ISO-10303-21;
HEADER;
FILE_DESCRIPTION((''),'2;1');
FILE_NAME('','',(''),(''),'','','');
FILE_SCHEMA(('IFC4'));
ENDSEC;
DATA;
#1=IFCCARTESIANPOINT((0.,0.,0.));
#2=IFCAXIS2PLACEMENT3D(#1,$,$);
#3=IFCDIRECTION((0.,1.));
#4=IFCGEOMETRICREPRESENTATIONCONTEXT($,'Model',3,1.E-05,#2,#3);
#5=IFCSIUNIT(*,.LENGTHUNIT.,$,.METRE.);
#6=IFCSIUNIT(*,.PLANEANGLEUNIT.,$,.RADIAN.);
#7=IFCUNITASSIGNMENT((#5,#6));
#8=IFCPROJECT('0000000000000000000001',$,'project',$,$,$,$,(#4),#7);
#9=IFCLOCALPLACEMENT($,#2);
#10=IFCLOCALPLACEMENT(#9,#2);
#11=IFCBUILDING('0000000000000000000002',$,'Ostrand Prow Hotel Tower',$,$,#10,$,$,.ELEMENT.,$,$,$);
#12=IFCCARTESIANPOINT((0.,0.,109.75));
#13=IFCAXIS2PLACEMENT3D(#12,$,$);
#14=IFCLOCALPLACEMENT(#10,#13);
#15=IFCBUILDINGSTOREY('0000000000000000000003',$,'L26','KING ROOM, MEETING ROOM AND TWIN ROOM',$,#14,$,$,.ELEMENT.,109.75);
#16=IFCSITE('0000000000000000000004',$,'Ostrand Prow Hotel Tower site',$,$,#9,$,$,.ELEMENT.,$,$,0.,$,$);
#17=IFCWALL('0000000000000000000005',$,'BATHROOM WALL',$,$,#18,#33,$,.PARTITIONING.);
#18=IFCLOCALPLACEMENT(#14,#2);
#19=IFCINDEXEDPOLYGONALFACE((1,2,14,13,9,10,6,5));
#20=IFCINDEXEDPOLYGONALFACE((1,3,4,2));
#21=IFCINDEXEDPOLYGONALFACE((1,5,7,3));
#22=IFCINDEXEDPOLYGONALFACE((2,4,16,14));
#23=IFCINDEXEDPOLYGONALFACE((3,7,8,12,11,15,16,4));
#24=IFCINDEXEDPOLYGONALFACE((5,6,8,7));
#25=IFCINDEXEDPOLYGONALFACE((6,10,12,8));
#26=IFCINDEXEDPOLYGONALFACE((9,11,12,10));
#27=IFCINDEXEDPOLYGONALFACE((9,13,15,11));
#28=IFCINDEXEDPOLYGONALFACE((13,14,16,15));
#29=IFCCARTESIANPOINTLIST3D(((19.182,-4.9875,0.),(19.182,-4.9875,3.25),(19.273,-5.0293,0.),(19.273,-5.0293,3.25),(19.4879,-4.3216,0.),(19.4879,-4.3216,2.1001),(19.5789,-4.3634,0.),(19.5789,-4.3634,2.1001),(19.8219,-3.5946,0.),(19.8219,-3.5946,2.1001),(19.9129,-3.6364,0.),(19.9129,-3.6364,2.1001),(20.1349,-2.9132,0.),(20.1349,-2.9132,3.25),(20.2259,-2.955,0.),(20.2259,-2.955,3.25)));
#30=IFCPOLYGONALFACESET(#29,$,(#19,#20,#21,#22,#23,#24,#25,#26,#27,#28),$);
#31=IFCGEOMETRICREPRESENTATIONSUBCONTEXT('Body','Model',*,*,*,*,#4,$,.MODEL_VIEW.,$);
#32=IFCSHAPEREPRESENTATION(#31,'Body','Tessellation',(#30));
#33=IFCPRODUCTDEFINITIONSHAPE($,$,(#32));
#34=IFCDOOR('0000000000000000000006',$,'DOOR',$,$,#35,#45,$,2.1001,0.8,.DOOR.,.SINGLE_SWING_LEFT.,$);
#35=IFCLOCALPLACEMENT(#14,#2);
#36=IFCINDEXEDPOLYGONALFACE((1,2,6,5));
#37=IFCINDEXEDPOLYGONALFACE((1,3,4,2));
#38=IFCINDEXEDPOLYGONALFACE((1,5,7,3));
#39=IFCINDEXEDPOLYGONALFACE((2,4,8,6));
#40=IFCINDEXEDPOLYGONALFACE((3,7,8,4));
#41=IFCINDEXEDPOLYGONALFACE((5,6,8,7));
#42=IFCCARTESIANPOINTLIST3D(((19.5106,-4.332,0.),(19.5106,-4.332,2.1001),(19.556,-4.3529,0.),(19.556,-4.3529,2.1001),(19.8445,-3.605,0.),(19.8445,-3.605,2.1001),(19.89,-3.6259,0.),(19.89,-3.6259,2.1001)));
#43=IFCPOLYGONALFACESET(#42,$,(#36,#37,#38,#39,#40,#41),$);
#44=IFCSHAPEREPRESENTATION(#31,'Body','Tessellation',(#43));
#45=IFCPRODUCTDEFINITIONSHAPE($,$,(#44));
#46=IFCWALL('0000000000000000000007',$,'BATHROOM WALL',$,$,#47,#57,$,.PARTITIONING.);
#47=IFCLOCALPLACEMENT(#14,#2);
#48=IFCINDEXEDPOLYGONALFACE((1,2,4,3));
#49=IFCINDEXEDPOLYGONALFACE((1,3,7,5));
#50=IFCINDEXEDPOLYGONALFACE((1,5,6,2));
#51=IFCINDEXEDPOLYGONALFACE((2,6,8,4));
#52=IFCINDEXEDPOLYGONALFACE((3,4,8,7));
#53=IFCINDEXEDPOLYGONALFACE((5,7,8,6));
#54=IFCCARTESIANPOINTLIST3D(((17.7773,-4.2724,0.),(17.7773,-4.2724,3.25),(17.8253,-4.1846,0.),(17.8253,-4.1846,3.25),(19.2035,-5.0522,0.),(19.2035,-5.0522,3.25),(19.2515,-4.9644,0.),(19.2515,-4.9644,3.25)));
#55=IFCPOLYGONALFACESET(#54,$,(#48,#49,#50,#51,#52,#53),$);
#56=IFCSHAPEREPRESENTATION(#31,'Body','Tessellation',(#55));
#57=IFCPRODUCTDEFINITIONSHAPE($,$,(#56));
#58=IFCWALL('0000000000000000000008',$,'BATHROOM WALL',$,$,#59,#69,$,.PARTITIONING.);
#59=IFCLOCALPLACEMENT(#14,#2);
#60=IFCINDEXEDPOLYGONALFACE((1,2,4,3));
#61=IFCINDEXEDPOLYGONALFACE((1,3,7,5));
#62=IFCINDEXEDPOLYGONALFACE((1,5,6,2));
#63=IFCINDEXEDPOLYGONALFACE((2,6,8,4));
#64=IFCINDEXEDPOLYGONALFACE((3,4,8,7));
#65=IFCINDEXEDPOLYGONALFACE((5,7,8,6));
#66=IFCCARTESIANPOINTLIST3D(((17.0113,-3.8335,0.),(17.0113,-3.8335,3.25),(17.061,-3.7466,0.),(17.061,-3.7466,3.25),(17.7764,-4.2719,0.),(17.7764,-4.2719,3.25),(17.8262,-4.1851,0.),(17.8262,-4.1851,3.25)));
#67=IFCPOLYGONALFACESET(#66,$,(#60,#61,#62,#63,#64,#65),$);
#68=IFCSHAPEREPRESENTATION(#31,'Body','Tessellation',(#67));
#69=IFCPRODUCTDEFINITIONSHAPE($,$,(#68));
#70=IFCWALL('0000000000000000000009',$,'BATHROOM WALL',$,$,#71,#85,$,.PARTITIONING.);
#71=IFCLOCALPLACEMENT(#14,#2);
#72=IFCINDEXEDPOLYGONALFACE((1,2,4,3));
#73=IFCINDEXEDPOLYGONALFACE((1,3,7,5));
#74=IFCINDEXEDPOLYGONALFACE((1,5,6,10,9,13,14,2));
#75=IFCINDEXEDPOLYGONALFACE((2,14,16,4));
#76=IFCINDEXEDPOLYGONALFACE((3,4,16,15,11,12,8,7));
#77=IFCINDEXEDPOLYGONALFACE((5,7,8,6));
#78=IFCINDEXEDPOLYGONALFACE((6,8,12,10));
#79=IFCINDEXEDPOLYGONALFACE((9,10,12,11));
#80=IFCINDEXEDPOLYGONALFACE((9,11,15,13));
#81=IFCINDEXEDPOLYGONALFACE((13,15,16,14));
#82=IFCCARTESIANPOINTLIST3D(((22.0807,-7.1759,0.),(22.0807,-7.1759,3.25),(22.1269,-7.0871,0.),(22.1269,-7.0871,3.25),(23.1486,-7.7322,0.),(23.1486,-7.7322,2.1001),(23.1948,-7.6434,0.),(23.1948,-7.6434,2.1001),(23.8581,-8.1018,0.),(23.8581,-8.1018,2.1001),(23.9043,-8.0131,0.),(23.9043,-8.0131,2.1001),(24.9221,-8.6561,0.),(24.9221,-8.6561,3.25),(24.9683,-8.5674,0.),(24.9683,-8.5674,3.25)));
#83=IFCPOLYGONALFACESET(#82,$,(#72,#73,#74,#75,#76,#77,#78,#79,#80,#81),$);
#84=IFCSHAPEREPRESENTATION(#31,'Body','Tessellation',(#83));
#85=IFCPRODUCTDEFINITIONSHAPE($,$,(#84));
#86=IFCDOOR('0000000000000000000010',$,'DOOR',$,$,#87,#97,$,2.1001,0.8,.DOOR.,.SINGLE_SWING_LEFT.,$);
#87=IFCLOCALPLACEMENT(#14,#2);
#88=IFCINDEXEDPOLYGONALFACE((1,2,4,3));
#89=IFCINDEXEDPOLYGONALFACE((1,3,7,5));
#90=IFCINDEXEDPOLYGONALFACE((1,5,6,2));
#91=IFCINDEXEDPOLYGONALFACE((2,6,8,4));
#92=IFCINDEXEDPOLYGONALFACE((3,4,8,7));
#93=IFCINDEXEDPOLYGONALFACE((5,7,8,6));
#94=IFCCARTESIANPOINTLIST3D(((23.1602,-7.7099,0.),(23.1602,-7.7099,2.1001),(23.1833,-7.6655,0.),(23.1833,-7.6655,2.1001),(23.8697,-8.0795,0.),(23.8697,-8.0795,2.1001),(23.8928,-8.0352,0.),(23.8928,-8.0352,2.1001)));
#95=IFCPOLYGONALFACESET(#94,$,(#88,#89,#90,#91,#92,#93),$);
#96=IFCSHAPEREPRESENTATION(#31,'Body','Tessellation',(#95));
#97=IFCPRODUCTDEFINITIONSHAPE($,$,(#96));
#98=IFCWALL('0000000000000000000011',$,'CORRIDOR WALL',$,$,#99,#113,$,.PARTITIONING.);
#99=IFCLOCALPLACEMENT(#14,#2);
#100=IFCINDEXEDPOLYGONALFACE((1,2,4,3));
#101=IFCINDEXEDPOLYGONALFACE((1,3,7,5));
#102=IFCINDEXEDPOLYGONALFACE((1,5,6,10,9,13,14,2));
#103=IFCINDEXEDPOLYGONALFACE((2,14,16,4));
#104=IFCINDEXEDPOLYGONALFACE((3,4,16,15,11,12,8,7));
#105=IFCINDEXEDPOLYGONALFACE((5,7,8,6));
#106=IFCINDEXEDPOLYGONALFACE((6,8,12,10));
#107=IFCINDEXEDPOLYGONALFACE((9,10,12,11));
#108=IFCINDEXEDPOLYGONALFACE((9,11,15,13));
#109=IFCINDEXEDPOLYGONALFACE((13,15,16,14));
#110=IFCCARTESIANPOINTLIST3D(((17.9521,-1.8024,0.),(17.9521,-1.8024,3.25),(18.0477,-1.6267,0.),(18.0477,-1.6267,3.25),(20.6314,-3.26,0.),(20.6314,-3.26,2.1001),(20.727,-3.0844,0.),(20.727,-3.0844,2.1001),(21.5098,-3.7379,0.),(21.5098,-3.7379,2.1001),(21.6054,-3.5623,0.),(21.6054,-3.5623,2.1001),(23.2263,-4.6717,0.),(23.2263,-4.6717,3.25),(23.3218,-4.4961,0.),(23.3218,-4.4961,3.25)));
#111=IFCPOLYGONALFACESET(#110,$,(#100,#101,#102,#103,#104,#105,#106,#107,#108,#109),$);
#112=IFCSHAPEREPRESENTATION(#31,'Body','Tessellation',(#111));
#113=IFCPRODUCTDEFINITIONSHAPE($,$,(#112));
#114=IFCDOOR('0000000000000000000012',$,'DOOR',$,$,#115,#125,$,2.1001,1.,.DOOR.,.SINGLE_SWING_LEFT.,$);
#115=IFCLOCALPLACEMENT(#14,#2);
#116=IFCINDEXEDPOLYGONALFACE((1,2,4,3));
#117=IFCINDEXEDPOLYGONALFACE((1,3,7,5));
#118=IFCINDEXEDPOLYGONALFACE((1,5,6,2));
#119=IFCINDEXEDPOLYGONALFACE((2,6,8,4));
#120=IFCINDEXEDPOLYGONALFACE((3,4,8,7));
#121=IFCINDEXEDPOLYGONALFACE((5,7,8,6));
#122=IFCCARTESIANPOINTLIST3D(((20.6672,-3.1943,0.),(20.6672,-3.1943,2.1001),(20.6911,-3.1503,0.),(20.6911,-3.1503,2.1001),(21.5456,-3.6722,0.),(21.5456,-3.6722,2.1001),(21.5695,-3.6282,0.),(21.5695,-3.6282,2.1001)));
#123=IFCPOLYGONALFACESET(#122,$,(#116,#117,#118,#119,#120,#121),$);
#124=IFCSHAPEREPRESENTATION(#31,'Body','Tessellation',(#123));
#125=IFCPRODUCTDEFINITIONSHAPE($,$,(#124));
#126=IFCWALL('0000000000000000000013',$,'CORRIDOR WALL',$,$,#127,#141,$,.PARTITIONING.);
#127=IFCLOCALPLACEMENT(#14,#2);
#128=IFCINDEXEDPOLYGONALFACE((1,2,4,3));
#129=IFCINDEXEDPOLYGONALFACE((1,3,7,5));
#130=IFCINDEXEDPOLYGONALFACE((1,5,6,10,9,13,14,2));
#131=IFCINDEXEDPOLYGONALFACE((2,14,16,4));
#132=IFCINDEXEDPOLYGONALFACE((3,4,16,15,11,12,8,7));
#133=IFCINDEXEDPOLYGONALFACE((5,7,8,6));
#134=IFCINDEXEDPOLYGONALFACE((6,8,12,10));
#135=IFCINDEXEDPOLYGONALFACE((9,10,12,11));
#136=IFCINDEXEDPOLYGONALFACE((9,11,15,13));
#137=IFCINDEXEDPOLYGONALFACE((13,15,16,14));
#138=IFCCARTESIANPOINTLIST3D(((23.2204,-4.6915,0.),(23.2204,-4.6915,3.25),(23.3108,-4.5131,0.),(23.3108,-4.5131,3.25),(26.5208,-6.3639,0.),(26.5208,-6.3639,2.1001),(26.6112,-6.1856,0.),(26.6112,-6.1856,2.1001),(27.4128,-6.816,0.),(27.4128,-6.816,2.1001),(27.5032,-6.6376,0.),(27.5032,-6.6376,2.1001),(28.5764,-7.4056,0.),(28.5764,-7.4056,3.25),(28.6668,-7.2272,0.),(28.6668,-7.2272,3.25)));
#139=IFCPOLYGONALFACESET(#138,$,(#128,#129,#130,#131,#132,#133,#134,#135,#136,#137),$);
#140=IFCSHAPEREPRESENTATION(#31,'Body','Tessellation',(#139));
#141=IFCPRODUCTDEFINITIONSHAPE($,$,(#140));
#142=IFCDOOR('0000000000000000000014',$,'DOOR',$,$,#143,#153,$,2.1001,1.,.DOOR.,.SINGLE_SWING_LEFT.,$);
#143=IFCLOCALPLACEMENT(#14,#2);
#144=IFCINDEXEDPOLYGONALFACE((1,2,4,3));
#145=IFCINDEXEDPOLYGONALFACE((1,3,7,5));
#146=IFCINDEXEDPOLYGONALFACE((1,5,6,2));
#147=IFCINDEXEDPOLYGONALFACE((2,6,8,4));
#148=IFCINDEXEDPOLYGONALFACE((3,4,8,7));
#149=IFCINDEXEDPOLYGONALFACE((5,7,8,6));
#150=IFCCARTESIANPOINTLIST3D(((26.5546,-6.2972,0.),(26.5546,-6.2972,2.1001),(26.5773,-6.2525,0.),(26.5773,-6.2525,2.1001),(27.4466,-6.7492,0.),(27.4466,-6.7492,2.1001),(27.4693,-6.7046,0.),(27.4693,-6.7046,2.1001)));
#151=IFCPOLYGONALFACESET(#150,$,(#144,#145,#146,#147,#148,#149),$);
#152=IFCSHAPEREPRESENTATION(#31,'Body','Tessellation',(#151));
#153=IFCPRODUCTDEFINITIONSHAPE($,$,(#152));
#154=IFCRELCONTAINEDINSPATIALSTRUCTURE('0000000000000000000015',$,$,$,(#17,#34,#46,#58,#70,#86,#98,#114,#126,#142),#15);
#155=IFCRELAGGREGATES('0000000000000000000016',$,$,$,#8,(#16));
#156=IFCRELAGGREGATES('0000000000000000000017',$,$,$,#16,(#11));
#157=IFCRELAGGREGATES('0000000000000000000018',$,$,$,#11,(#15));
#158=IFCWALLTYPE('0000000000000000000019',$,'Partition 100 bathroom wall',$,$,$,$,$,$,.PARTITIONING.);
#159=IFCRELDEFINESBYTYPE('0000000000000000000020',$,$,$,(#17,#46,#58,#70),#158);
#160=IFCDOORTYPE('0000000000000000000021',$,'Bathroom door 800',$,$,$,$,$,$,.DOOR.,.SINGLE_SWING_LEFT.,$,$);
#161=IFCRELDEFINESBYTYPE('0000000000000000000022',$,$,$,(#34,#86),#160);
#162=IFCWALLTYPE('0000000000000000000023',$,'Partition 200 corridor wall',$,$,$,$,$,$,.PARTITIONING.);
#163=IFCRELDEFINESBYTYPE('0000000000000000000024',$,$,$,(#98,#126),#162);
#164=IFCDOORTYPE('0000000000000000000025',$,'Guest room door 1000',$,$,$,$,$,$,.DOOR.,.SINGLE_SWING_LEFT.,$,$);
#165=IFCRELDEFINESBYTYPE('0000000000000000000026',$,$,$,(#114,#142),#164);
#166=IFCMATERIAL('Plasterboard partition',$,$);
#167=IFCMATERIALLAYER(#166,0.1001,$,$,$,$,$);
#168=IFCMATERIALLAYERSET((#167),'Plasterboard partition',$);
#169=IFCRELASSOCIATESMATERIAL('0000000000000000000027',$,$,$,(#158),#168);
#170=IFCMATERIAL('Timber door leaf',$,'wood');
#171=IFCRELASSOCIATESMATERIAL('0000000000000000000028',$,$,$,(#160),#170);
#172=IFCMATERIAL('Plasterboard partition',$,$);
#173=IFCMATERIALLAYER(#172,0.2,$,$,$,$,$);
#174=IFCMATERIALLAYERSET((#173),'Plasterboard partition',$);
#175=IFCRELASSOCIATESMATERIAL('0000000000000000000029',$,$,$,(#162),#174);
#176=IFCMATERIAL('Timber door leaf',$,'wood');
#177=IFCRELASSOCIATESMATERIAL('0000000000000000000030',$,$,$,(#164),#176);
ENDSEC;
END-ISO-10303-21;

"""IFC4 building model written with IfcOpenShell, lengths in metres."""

from ifc_helpers import new_model, si_unit, direction, frame, frame_2d, origin, place, context, subcontext, project, spatial, rectangle, extrude, material, layer, layer_set, type_object, element, fill, save


model = new_model("IFC4")

# Units and contexts
model_context = context("Model", 3, precision=1e-05, world=origin(), true_north=direction((0.0, 1.0)))
body_context = subcontext(model_context, "Body", "Model", "MODEL_VIEW")
ifc_project = project(units=[si_unit("LENGTHUNIT", "METRE"), si_unit("PLANEANGLEUNIT", "RADIAN")], contexts=[model_context])

# Site, building, storey
site_placement = place(None, origin())
site = spatial("IfcSite", under=ifc_project, at=site_placement, Name="Ostrand Prow Hotel Tower site", CompositionType="ELEMENT", RefElevation=0.0)
building_placement = place(site_placement, origin())
building = spatial("IfcBuilding", under=site, at=building_placement, Name="Ostrand Prow Hotel Tower", CompositionType="ELEMENT")
storey_placement = place(building_placement, frame((0.0, 0.0, 109.75)))
storey = spatial("IfcBuildingStorey", under=building, at=storey_placement, Name="L26", Description="KING ROOM, MEETING ROOM AND TWIN ROOM", CompositionType="ELEMENT", Elevation=109.75)

# Wall, opening, door
ifc_material_1 = material(Name="Plasterboard partition")
ifc_layer_1 = layer(ifc_material_1, 0.1001)
ifc_layer_set_1 = layer_set([ifc_layer_1], Name="Plasterboard partition")
wall_type_1 = type_object("IfcWallType", Name="Partition 100 bathroom wall", PredefinedType="PARTITIONING", material=ifc_layer_set_1)
wall_1_placement = place(storey_placement, frame((20.1804, -2.9341, 0.0), z_axis=(0.0, 0.0, 1.0), x_axis=(-0.41745, -0.9087, 0.0)))
wall_1 = element("IfcWall", 1, at=wall_1_placement, inside=storey, type_object=wall_type_1, Name="BATHROOM WALL", PredefinedType="PARTITIONING", context=body_context, shape_type="SweptSolid", body=[
    extrude(rectangle(XDim=2.2827, YDim=0.1001, at=frame_2d((1.1414, 0.0))), origin(), (0.0, 0.0, 1.0), 3.25),
])
opening_1_placement = place(wall_1_placement, frame((0.75, 0.0, 0.0)))
opening_1 = element("IfcOpeningElement", 2, at=opening_1_placement, cuts=wall_1, PredefinedType="OPENING", context=body_context, shape_type="SweptSolid", body=[
    extrude(rectangle(XDim=0.8, YDim=2.1001, at=frame_2d((0.3999, 1.05))), frame((0.0, 0.0601, 0.0), z_axis=(0.0, -1.0, 0.0), x_axis=(1.0, 0.0, 0.0)), (0.0, 0.0, 1.0), 0.1201),
])
ifc_material_2 = material(Name="Timber door leaf", Category="wood")
door_type_1 = type_object("IfcDoorType", Name="Bathroom door 800", OperationType="SINGLE_SWING_LEFT", PredefinedType="DOOR", material=ifc_material_2)
door_1_placement = place(opening_1_placement, origin())
door_1 = element("IfcDoor", 3, at=door_1_placement, inside=storey, type_object=door_type_1, Name="DOOR", OperationType="SINGLE_SWING_LEFT", OverallHeight=2.1001, OverallWidth=0.8, PredefinedType="DOOR", context=body_context, shape_type="SweptSolid", body=[
    extrude(rectangle(XDim=0.8, YDim=2.1001, at=frame_2d((0.3999, 1.05))), frame((0.0, 0.0249, 0.0), z_axis=(0.0, -1.0, 0.0), x_axis=(1.0, 0.0, 0.0)), (0.0, 0.0, 1.0), 0.05),
])
fill(opening_1, door_1)

# Walls
wall_2_placement = place(storey_placement, frame((19.2275, -5.0083, 0.0), z_axis=(0.0, 0.0, 1.0), x_axis=(-0.877424, 0.479715, 0.0)))
element("IfcWall", 4, at=wall_2_placement, inside=storey, type_object=wall_type_1, Name="BATHROOM WALL", PredefinedType="PARTITIONING", context=body_context, shape_type="SweptSolid", body=[
    extrude(rectangle(XDim=1.6255, YDim=0.1001, at=frame_2d((0.8127, 0.0))), origin(), (0.0, 0.0, 1.0), 3.25),
])
wall_3_placement = place(storey_placement, frame((17.8013, -4.2285, 0.0), z_axis=(0.0, 0.0, 1.0), x_axis=(-0.867629, 0.497212, 0.0)))
element("IfcWall", 5, at=wall_3_placement, inside=storey, type_object=wall_type_1, Name="BATHROOM WALL", PredefinedType="PARTITIONING", context=body_context, shape_type="SweptSolid", body=[
    extrude(rectangle(XDim=0.8818, YDim=0.1001, at=frame_2d((0.4409, 0.0))), origin(), (0.0, 0.0, 1.0), 3.25),
])

# Walls, openings, doors
wall_4_placement = place(storey_placement, frame((24.9453, -8.6118, 0.0), z_axis=(0.0, 0.0, 1.0), x_axis=(-0.886866, 0.462027, 0.0)))
wall_4 = element("IfcWall", 6, at=wall_4_placement, inside=storey, type_object=wall_type_1, Name="BATHROOM WALL", PredefinedType="PARTITIONING", context=body_context, shape_type="SweptSolid", body=[
    extrude(rectangle(XDim=3.2039, YDim=0.1001, at=frame_2d((1.6021, 0.0))), origin(), (0.0, 0.0, 1.0), 3.25),
])
opening_2_placement = place(wall_4_placement, frame((1.2, 0.0, 0.0)))
opening_2 = element("IfcOpeningElement", 7, at=opening_2_placement, cuts=wall_4, PredefinedType="OPENING", context=body_context, shape_type="SweptSolid", body=[
    extrude(rectangle(XDim=0.8, YDim=2.1001, at=frame_2d((0.3999, 1.05))), frame((0.0, 0.0601, 0.0), z_axis=(0.0, -1.0, 0.0), x_axis=(1.0, 0.0, 0.0)), (0.0, 0.0, 1.0), 0.1201),
])
door_2_placement = place(opening_2_placement, origin())
door_2 = element("IfcDoor", 8, at=door_2_placement, inside=storey, type_object=door_type_1, Name="DOOR", OperationType="SINGLE_SWING_LEFT", OverallHeight=2.1001, OverallWidth=0.8, PredefinedType="DOOR", context=body_context, shape_type="SweptSolid", body=[
    extrude(rectangle(XDim=0.8, YDim=2.1001, at=frame_2d((0.3999, 1.05))), frame((0.0, 0.0249, 0.0), z_axis=(0.0, -1.0, 0.0), x_axis=(1.0, 0.0, 0.0)), (0.0, 0.0, 1.0), 0.05),
])
fill(opening_2, door_2)
ifc_material_3 = material(Name="Plasterboard partition")
ifc_layer_2 = layer(ifc_material_3, 0.2)
ifc_layer_set_2 = layer_set([ifc_layer_2], Name="Plasterboard partition")
wall_type_2 = type_object("IfcWallType", Name="Partition 200 corridor wall", PredefinedType="PARTITIONING", material=ifc_layer_set_2)
wall_5_placement = place(storey_placement, frame((18.0, -1.7146, 0.0), z_axis=(0.0, 0.0, 1.0), x_axis=(0.878416, -0.477897, 0.0)))
wall_5 = element("IfcWall", 9, at=wall_5_placement, inside=storey, type_object=wall_type_2, Name="CORRIDOR WALL", PredefinedType="PARTITIONING", context=body_context, shape_type="SweptSolid", body=[
    extrude(rectangle(XDim=6.0042, YDim=0.2, at=frame_2d((3.002, 0.0))), origin(), (0.0, 0.0, 1.0), 3.25),
])
opening_3_placement = place(wall_5_placement, frame((3.05, 0.0, 0.0)))
opening_3 = element("IfcOpeningElement", 10, at=opening_3_placement, cuts=wall_5, PredefinedType="OPENING", context=body_context, shape_type="SweptSolid", body=[
    extrude(rectangle(XDim=1.0, YDim=2.1001, at=frame_2d((0.5, 1.05))), frame((0.0, 0.1099, 0.0), z_axis=(0.0, -1.0, 0.0), x_axis=(1.0, 0.0, 0.0)), (0.0, 0.0, 1.0), 0.22),
])
ifc_material_4 = material(Name="Timber door leaf", Category="wood")
door_type_2 = type_object("IfcDoorType", Name="Guest room door 1000", OperationType="SINGLE_SWING_LEFT", PredefinedType="DOOR", material=ifc_material_4)
door_3_placement = place(opening_3_placement, origin())
door_3 = element("IfcDoor", 11, at=door_3_placement, inside=storey, type_object=door_type_2, Name="DOOR", OperationType="SINGLE_SWING_LEFT", OverallHeight=2.1001, OverallWidth=1.0, PredefinedType="DOOR", context=body_context, shape_type="SweptSolid", body=[
    extrude(rectangle(XDim=1.0, YDim=2.1001, at=frame_2d((0.5, 1.05))), frame((0.0, 0.0249, 0.0), z_axis=(0.0, -1.0, 0.0), x_axis=(1.0, 0.0, 0.0)), (0.0, 0.0, 1.0), 0.05),
])
fill(opening_3, door_3)
wall_6_placement = place(storey_placement, frame((23.2656, -4.6023, 0.0), z_axis=(0.0, 0.0, 1.0), x_axis=(0.892007, -0.452021, 0.0)))
wall_6 = element("IfcWall", 12, at=wall_6_placement, inside=storey, type_object=wall_type_2, Name="CORRIDOR WALL", PredefinedType="PARTITIONING", context=body_context, shape_type="SweptSolid", body=[
    extrude(rectangle(XDim=6.0044, YDim=0.2, at=frame_2d((3.0022, 0.0))), origin(), (0.0, 0.0, 1.0), 3.25),
])
opening_4_placement = place(wall_6_placement, frame((3.7, 0.0, 0.0)))
opening_4 = element("IfcOpeningElement", 13, at=opening_4_placement, cuts=wall_6, PredefinedType="OPENING", context=body_context, shape_type="SweptSolid", body=[
    extrude(rectangle(XDim=1.0, YDim=2.1001, at=frame_2d((0.5, 1.05))), frame((0.0, 0.1099, 0.0), z_axis=(0.0, -1.0, 0.0), x_axis=(1.0, 0.0, 0.0)), (0.0, 0.0, 1.0), 0.22),
])
door_4_placement = place(opening_4_placement, origin())
door_4 = element("IfcDoor", 14, at=door_4_placement, inside=storey, type_object=door_type_2, Name="DOOR", OperationType="SINGLE_SWING_LEFT", OverallHeight=2.1001, OverallWidth=1.0, PredefinedType="DOOR", context=body_context, shape_type="SweptSolid", body=[
    extrude(rectangle(XDim=1.0, YDim=2.1001, at=frame_2d((0.5, 1.05))), frame((0.0, 0.0249, 0.0), z_axis=(0.0, -1.0, 0.0), x_axis=(1.0, 0.0, 0.0)), (0.0, 0.0, 1.0), 0.05),
])
fill(opening_4, door_4)

save(model, "model.ifc")
